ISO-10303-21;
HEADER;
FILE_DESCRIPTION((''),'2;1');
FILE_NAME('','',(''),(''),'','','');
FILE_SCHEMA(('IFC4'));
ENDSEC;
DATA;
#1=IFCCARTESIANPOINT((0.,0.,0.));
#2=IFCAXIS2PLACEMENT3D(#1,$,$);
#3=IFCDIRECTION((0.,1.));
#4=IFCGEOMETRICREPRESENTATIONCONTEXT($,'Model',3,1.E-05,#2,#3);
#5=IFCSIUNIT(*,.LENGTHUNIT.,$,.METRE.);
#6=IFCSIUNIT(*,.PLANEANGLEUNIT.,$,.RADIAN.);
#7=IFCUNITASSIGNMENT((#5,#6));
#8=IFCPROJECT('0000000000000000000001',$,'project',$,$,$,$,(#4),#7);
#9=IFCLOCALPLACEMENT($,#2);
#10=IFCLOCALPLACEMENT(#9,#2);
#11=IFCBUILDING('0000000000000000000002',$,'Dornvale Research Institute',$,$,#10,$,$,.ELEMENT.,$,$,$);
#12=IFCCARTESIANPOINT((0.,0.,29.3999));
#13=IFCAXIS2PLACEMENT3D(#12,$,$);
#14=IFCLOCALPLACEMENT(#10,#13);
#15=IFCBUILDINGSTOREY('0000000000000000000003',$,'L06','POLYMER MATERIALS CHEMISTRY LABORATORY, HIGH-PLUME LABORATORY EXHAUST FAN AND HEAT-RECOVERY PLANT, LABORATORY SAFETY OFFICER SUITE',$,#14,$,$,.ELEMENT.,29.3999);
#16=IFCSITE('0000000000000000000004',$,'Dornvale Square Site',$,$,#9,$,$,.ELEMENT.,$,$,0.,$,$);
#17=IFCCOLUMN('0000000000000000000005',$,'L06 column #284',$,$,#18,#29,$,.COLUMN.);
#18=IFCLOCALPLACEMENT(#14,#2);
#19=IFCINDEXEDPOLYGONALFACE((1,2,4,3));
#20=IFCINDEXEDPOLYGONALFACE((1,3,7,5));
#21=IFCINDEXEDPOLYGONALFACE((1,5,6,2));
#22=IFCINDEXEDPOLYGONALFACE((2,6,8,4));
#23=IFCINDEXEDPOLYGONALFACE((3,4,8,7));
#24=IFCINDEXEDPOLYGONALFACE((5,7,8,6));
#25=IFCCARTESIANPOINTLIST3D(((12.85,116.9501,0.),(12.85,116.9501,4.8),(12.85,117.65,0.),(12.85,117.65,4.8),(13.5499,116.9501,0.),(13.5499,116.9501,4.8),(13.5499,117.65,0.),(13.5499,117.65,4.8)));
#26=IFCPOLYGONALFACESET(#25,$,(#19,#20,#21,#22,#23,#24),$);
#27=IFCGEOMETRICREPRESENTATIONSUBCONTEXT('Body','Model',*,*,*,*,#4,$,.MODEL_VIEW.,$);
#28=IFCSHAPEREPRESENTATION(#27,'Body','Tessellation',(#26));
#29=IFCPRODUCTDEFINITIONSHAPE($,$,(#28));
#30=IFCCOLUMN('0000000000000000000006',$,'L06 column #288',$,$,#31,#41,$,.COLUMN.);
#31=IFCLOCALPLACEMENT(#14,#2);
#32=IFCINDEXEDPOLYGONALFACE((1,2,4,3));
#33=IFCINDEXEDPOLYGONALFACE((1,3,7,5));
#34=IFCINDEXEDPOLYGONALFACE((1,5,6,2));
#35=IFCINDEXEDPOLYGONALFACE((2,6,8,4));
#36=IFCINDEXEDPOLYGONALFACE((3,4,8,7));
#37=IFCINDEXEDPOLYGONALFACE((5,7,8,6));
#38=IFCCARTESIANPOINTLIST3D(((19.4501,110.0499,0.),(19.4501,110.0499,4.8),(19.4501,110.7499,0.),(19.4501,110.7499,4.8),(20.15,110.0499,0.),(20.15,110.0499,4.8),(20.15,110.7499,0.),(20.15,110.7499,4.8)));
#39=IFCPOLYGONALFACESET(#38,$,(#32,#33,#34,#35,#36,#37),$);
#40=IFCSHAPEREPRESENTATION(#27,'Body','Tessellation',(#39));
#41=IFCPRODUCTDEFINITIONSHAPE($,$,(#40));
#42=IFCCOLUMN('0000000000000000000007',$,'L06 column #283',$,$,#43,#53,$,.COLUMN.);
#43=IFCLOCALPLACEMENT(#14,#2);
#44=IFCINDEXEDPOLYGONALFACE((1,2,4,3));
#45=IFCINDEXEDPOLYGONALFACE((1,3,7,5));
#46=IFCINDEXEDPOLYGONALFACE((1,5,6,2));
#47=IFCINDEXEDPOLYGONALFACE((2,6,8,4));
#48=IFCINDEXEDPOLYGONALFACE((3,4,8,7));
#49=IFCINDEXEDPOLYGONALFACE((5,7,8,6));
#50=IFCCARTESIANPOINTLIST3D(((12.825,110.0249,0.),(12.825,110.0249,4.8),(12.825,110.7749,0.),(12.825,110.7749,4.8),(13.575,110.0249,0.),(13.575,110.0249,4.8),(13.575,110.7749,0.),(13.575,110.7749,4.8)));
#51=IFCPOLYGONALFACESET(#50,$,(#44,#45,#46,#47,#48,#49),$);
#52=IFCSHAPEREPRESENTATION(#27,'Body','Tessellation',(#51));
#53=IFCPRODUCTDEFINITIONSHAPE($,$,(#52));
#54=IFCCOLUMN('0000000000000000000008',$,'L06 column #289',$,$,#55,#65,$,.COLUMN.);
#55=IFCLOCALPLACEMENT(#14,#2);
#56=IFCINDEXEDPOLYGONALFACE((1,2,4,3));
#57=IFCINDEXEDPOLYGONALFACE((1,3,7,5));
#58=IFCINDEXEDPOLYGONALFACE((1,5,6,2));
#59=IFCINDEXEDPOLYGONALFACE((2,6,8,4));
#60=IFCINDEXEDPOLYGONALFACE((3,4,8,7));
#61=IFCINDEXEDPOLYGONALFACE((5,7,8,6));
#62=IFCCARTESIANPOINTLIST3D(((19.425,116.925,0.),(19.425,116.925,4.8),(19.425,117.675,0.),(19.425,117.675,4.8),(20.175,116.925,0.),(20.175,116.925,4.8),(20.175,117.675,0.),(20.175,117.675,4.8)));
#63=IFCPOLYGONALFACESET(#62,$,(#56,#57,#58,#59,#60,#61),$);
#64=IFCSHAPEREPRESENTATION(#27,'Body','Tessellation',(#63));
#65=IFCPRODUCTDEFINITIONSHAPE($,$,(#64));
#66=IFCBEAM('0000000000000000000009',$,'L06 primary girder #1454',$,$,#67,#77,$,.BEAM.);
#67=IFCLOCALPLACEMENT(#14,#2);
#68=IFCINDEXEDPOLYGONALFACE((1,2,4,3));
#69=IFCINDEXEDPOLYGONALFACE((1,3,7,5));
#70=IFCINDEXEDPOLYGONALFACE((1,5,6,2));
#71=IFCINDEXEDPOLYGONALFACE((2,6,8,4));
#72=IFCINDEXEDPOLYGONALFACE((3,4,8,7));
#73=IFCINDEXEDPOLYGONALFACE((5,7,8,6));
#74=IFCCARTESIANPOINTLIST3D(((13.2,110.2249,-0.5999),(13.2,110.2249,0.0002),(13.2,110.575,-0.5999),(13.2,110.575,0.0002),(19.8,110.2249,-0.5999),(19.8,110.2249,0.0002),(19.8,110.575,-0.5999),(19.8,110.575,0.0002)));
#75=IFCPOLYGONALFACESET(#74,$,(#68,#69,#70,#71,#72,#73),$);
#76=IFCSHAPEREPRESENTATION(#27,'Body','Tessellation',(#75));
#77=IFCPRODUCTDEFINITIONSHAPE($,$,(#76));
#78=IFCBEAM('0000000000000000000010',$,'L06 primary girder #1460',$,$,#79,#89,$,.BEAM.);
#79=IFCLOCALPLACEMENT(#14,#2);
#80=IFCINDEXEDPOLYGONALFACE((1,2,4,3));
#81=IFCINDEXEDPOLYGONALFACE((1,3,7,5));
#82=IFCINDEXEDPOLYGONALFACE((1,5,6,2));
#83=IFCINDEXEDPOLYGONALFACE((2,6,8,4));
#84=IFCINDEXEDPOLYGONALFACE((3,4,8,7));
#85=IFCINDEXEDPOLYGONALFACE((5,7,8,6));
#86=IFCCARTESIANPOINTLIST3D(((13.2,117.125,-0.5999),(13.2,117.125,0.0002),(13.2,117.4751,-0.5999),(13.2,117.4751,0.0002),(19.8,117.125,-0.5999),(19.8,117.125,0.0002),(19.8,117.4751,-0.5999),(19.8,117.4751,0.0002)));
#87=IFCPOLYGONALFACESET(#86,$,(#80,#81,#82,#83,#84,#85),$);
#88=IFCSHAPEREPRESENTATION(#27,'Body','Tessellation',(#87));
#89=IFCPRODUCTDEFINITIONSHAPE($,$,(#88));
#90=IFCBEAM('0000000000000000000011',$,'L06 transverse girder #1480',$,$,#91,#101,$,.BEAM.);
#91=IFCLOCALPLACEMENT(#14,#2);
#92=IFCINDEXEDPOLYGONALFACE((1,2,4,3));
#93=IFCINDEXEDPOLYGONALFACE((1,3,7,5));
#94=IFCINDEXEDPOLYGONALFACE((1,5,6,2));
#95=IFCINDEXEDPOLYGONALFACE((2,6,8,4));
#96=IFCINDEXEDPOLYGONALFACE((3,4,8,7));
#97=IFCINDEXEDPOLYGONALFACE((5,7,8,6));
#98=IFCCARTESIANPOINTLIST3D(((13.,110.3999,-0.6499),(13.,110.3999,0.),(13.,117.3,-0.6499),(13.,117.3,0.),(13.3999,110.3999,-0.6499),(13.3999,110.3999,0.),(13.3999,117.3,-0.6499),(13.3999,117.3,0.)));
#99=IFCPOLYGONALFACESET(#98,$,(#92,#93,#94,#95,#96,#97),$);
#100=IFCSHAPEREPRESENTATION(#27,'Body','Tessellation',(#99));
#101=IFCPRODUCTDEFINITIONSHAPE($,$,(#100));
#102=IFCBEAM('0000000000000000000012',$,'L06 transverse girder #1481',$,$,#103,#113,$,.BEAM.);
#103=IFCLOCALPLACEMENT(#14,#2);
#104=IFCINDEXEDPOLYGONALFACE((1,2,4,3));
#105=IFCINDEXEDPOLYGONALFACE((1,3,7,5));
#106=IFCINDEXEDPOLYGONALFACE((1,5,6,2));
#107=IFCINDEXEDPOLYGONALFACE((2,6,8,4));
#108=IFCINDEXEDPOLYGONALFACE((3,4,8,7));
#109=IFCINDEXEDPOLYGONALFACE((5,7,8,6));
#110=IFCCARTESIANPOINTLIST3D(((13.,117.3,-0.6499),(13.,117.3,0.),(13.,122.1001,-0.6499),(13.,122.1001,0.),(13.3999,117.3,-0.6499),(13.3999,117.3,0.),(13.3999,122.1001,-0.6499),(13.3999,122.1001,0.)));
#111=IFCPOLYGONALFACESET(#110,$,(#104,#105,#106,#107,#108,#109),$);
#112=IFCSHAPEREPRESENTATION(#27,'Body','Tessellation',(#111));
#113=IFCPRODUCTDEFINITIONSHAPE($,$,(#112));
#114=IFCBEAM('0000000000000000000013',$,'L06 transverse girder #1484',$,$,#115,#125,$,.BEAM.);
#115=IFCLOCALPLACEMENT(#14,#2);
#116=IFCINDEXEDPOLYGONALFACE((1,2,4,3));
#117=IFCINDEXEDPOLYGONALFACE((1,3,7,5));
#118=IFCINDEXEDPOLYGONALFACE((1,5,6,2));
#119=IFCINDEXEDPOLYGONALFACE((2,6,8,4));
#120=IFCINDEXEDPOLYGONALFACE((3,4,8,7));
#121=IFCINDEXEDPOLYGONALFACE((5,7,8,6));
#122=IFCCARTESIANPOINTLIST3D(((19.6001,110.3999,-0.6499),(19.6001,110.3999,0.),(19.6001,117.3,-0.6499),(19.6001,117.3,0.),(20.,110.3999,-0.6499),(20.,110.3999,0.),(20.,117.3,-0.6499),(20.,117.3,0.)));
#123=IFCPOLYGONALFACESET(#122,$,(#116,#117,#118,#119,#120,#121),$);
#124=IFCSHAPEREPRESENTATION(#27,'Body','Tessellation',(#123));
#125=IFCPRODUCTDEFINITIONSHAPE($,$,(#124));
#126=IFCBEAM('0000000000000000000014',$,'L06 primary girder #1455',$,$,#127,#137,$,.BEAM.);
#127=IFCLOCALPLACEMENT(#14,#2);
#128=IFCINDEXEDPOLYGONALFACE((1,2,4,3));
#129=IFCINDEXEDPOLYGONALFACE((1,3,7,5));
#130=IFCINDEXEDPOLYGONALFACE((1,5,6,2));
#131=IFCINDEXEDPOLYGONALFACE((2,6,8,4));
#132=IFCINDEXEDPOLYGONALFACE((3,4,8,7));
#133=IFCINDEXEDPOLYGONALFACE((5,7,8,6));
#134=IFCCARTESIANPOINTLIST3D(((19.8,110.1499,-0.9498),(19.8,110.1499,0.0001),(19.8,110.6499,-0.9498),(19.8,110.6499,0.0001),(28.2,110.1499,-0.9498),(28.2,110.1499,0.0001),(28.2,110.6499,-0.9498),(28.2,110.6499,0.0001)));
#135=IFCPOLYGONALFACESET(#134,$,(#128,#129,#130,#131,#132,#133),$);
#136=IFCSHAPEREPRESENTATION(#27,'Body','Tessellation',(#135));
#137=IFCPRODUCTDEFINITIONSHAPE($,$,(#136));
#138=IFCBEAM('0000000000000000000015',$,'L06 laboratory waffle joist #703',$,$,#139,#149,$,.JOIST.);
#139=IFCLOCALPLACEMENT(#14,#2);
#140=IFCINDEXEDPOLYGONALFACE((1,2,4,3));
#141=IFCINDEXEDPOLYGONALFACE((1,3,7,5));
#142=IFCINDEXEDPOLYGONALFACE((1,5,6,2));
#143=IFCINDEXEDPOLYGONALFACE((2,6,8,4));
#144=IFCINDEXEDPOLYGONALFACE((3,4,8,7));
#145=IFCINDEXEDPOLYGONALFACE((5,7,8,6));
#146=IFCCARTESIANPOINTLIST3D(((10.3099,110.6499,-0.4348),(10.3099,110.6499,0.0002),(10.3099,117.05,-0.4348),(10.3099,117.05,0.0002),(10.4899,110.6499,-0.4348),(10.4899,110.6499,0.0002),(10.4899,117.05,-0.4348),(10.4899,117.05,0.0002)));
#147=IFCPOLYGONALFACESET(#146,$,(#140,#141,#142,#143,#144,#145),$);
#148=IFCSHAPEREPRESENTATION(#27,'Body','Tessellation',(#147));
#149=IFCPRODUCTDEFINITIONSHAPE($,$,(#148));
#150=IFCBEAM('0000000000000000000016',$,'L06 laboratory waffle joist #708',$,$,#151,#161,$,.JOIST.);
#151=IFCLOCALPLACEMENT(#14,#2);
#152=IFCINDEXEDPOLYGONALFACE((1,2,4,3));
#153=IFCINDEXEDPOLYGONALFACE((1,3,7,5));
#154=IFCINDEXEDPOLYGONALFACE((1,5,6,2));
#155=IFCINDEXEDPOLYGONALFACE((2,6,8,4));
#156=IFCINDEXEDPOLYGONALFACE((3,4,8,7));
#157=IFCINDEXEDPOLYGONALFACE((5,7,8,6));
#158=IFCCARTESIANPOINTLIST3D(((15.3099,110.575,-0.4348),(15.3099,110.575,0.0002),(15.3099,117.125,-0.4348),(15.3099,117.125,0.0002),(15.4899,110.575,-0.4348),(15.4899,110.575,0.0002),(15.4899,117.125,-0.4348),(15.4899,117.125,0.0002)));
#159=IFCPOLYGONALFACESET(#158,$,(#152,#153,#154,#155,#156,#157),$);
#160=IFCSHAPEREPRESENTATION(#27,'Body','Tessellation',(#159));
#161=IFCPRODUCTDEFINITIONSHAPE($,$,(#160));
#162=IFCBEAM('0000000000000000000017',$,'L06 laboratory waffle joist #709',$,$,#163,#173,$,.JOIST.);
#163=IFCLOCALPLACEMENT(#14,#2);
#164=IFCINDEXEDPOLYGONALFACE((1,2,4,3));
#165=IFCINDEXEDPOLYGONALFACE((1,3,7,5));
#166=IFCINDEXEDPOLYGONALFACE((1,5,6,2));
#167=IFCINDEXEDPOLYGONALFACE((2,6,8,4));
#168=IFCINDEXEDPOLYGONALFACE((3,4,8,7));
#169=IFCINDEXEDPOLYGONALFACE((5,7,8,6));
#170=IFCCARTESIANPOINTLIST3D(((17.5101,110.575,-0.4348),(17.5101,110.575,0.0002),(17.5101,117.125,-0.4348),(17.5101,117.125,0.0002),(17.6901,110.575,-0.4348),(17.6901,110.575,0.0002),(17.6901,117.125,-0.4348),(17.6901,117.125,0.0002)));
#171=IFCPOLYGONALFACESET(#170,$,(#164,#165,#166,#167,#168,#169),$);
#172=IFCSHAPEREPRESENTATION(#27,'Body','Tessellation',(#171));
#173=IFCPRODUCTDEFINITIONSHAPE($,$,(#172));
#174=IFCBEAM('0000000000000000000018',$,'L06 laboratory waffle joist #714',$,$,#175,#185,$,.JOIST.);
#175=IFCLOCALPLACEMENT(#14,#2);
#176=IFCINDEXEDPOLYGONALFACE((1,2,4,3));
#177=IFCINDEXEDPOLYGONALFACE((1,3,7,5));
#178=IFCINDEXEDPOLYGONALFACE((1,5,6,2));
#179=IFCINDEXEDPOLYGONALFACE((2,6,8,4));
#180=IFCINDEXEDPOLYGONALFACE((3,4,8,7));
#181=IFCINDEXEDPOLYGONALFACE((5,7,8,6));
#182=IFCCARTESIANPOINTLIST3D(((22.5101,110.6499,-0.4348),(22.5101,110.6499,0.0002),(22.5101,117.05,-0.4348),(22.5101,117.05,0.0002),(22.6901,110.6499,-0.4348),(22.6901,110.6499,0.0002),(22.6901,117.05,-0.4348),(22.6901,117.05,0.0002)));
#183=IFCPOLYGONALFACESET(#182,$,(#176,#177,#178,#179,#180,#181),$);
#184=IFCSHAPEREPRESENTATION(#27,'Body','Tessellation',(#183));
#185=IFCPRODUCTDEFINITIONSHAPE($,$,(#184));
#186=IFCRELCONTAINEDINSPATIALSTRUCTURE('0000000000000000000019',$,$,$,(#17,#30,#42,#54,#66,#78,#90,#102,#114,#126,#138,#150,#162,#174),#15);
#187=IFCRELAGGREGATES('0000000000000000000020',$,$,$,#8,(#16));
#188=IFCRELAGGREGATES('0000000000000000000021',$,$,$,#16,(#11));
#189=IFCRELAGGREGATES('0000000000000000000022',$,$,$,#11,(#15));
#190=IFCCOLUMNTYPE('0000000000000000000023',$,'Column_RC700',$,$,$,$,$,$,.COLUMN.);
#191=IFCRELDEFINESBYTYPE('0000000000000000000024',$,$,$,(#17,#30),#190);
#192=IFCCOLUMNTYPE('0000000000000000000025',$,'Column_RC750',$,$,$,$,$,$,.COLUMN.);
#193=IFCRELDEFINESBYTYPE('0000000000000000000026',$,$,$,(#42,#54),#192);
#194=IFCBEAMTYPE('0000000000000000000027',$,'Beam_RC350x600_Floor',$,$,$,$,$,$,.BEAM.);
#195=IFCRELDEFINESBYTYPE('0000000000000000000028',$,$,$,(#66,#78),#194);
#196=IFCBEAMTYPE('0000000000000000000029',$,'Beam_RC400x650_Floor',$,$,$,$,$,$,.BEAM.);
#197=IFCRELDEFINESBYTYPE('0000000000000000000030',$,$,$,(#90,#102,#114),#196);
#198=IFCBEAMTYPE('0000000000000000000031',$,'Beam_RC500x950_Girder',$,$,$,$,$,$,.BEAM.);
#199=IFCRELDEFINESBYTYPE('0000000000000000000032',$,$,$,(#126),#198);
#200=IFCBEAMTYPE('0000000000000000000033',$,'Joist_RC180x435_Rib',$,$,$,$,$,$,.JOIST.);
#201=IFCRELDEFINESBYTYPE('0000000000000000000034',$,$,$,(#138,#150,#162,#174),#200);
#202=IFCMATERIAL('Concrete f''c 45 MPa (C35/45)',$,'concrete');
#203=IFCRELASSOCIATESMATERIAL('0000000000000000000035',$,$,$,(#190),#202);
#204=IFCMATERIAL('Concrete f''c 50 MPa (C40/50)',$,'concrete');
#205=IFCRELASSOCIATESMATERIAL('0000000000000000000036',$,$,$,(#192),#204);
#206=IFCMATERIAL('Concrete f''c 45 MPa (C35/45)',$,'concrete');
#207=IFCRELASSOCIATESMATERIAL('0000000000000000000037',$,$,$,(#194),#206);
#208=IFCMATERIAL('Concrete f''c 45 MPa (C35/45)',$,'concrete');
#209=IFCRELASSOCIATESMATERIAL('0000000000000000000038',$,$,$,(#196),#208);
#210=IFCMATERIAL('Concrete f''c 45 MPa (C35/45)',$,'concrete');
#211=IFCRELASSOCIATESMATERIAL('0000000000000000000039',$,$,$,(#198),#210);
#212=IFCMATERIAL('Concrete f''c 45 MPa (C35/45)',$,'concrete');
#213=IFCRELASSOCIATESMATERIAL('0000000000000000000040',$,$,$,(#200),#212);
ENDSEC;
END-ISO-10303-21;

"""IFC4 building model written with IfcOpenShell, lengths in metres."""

from ifc_helpers import new_model, si_unit, direction, frame, origin, origin_2d, place, context, subcontext, project, spatial, rectangle, extrude, material, material_profile, profile_set, type_object, element, save


model = new_model("IFC4")

# Units and contexts
model_context = context("Model", 3, precision=1e-05, world=origin(), true_north=direction((0.0, 1.0)))
body_context = subcontext(model_context, "Body", "Model", "MODEL_VIEW")
ifc_project = project(units=[si_unit("LENGTHUNIT", "METRE"), si_unit("PLANEANGLEUNIT", "RADIAN")], contexts=[model_context])

# Site, building, storey
site_placement = place(None, origin())
site = spatial("IfcSite", under=ifc_project, at=site_placement, Name="Dornvale Square Site", CompositionType="ELEMENT", RefElevation=0.0)
building_placement = place(site_placement, origin())
building = spatial("IfcBuilding", under=site, at=building_placement, Name="Dornvale Research Institute", CompositionType="ELEMENT")
storey_placement = place(building_placement, frame((0.0, 0.0, 29.3999)))
storey = spatial("IfcBuildingStorey", under=building, at=storey_placement, Name="L06", Description="POLYMER MATERIALS CHEMISTRY LABORATORY, HIGH-PLUME LABORATORY EXHAUST FAN AND HEAT-RECOVERY PLANT, LABORATORY SAFETY OFFICER SUITE", CompositionType="ELEMENT", Elevation=29.3999)

# Columns
ifc_material_1 = material(Name="Concrete f'c 45 MPa (C35/45)", Category="concrete")
ifc_material_profile_1 = material_profile(ifc_material_1, rectangle(XDim=0.7, YDim=0.7, at=origin_2d()), Name="RC 700x700")
ifc_profile_set_1 = profile_set([ifc_material_profile_1], Name="Concrete f'c 45 MPa (C35/45)")
column_type_1 = type_object("IfcColumnType", Name="Column_RC700", PredefinedType="COLUMN", material=ifc_profile_set_1)
for number, where, z_axis, x_axis, name in (
    (1, (13.2, 117.3, 0.0), (0.0, 0.0, 1.0), (1.0, 0.0, 0.0), "L06 column #284"),
    (2, (19.8, 110.3999, 0.0), (0.0, 0.0, 1.0), (1.0, 0.0, 0.0), "L06 column #288"),
):
    element("IfcColumn", number, at=place(storey_placement, frame(where, z_axis=z_axis, x_axis=x_axis)), inside=storey, type_object=column_type_1, Name=name, PredefinedType="COLUMN", context=body_context, shape_type="SweptSolid", body=[
        extrude(rectangle(XDim=0.7, YDim=0.7, at=origin_2d()), origin(), (0.0, 0.0, 1.0), 4.8),
    ])
ifc_material_2 = material(Name="Concrete f'c 50 MPa (C40/50)", Category="concrete")
ifc_material_profile_2 = material_profile(ifc_material_2, rectangle(XDim=0.75, YDim=0.75, at=origin_2d()), Name="RC 750x750")
ifc_profile_set_2 = profile_set([ifc_material_profile_2], Name="Concrete f'c 50 MPa (C40/50)")
column_type_2 = type_object("IfcColumnType", Name="Column_RC750", PredefinedType="COLUMN", material=ifc_profile_set_2)
for number, where, z_axis, x_axis, name in (
    (3, (13.2, 110.3999, 0.0), (0.0, 0.0, 1.0), (1.0, 0.0, 0.0), "L06 column #283"),
    (4, (19.8, 117.3, 0.0), (0.0, 0.0, 1.0), (1.0, 0.0, 0.0), "L06 column #289"),
):
    element("IfcColumn", number, at=place(storey_placement, frame(where, z_axis=z_axis, x_axis=x_axis)), inside=storey, type_object=column_type_2, Name=name, PredefinedType="COLUMN", context=body_context, shape_type="SweptSolid", body=[
        extrude(rectangle(XDim=0.75, YDim=0.75, at=origin_2d()), origin(), (0.0, 0.0, 1.0), 4.8),
    ])

# Beams
ifc_material_3 = material(Name="Concrete f'c 45 MPa (C35/45)", Category="concrete")
ifc_material_profile_3 = material_profile(ifc_material_3, rectangle(XDim=0.3501, YDim=0.6001, at=origin_2d()), Name="RC 350x600")
ifc_profile_set_3 = profile_set([ifc_material_profile_3], Name="Concrete f'c 45 MPa (C35/45)")
beam_type_1 = type_object("IfcBeamType", Name="Beam_RC350x600_Floor", PredefinedType="BEAM", material=ifc_profile_set_3)
for number, where, z_axis, x_axis, name in (
    (5, (13.2, 110.3999, -0.2998), (1.0, 0.0, 0.0), (0.0, 1.0, 0.0), "L06 primary girder #1454"),
    (6, (13.2, 117.3, -0.2998), (1.0, 0.0, 0.0), (0.0, 1.0, 0.0), "L06 primary girder #1460"),
):
    element("IfcBeam", number, at=place(storey_placement, frame(where, z_axis=z_axis, x_axis=x_axis)), inside=storey, type_object=beam_type_1, Name=name, PredefinedType="BEAM", context=body_context, shape_type="SweptSolid", body=[
        extrude(rectangle(XDim=0.3501, YDim=0.6001, at=origin_2d()), origin(), (0.0, 0.0, 1.0), 6.6001),
    ])
ifc_material_4 = material(Name="Concrete f'c 45 MPa (C35/45)", Category="concrete")
ifc_material_profile_4 = material_profile(ifc_material_4, rectangle(XDim=0.3999, YDim=0.6499, at=origin_2d()), Name="RC 400x650")
ifc_profile_set_4 = profile_set([ifc_material_profile_4], Name="Concrete f'c 45 MPa (C35/45)")
beam_type_2 = type_object("IfcBeamType", Name="Beam_RC400x650_Floor", PredefinedType="BEAM", material=ifc_profile_set_4)
beam_1_placement = place(storey_placement, frame((13.2, 110.3999, -0.325), z_axis=(0.0, 1.0, 0.0), x_axis=(-1.0, 0.0, 0.0)))
element("IfcBeam", 7, at=beam_1_placement, inside=storey, type_object=beam_type_2, Name="L06 transverse girder #1480", PredefinedType="BEAM", context=body_context, shape_type="SweptSolid", body=[
    extrude(rectangle(XDim=0.3999, YDim=0.6499, at=origin_2d()), origin(), (0.0, 0.0, 1.0), 6.9001),
])
beam_2_placement = place(storey_placement, frame((13.2, 117.3, -0.325), z_axis=(0.0, 1.0, 0.0), x_axis=(-1.0, 0.0, 0.0)))
element("IfcBeam", 8, at=beam_2_placement, inside=storey, type_object=beam_type_2, Name="L06 transverse girder #1481", PredefinedType="BEAM", context=body_context, shape_type="SweptSolid", body=[
    extrude(rectangle(XDim=0.3999, YDim=0.6499, at=origin_2d()), origin(), (0.0, 0.0, 1.0), 4.8),
])
beam_3_placement = place(storey_placement, frame((19.8, 110.3999, -0.325), z_axis=(0.0, 1.0, 0.0), x_axis=(-1.0, 0.0, 0.0)))
element("IfcBeam", 9, at=beam_3_placement, inside=storey, type_object=beam_type_2, Name="L06 transverse girder #1484", PredefinedType="BEAM", context=body_context, shape_type="SweptSolid", body=[
    extrude(rectangle(XDim=0.3999, YDim=0.6499, at=origin_2d()), origin(), (0.0, 0.0, 1.0), 6.9001),
])
ifc_material_5 = material(Name="Concrete f'c 45 MPa (C35/45)", Category="concrete")
ifc_material_profile_5 = material_profile(ifc_material_5, rectangle(XDim=0.5, YDim=0.95, at=origin_2d()), Name="RC 500x950")
ifc_profile_set_5 = profile_set([ifc_material_profile_5], Name="Concrete f'c 45 MPa (C35/45)")
beam_type_3 = type_object("IfcBeamType", Name="Beam_RC500x950_Girder", PredefinedType="BEAM", material=ifc_profile_set_5)
beam_4_placement = place(storey_placement, frame((19.8, 110.3999, -0.4749), z_axis=(1.0, 0.0, 0.0), x_axis=(0.0, 1.0, 0.0)))
element("IfcBeam", 10, at=beam_4_placement, inside=storey, type_object=beam_type_3, Name="L06 primary girder #1455", PredefinedType="BEAM", context=body_context, shape_type="SweptSolid", body=[
    extrude(rectangle(XDim=0.5, YDim=0.95, at=origin_2d()), origin(), (0.0, 0.0, 1.0), 8.3999),
])
ifc_material_6 = material(Name="Concrete f'c 45 MPa (C35/45)", Category="concrete")
ifc_material_profile_6 = material_profile(ifc_material_6, rectangle(XDim=0.1799, YDim=0.4351, at=origin_2d()), Name="RC 180x435")
ifc_profile_set_6 = profile_set([ifc_material_profile_6], Name="Concrete f'c 45 MPa (C35/45)")
beam_type_4 = type_object("IfcBeamType", Name="Joist_RC180x435_Rib", PredefinedType="JOIST", material=ifc_profile_set_6)
beam_5_placement = place(storey_placement, frame((10.3999, 110.6499, -0.2173), z_axis=(0.0, 1.0, 0.0), x_axis=(-1.0, 0.0, 0.0)))
element("IfcBeam", 11, at=beam_5_placement, inside=storey, type_object=beam_type_4, Name="L06 laboratory waffle joist #703", PredefinedType="JOIST", context=body_context, shape_type="SweptSolid", body=[
    extrude(rectangle(XDim=0.1799, YDim=0.4351, at=origin_2d()), origin(), (0.0, 0.0, 1.0), 6.4001),
])
for number, where, z_axis, x_axis, name in (
    (12, (15.3999, 110.575, -0.2173), (0.0, 1.0, 0.0), (-1.0, 0.0, 0.0), "L06 laboratory waffle joist #708"),
    (13, (17.6001, 110.575, -0.2173), (0.0, 1.0, 0.0), (-1.0, 0.0, 0.0), "L06 laboratory waffle joist #709"),
):
    element("IfcBeam", number, at=place(storey_placement, frame(where, z_axis=z_axis, x_axis=x_axis)), inside=storey, type_object=beam_type_4, Name=name, PredefinedType="JOIST", context=body_context, shape_type="SweptSolid", body=[
        extrude(rectangle(XDim=0.1799, YDim=0.4351, at=origin_2d()), origin(), (0.0, 0.0, 1.0), 6.55),
    ])
beam_6_placement = place(storey_placement, frame((22.6001, 110.6499, -0.2173), z_axis=(0.0, 1.0, 0.0), x_axis=(-1.0, 0.0, 0.0)))
element("IfcBeam", 14, at=beam_6_placement, inside=storey, type_object=beam_type_4, Name="L06 laboratory waffle joist #714", PredefinedType="JOIST", context=body_context, shape_type="SweptSolid", body=[
    extrude(rectangle(XDim=0.1799, YDim=0.4351, at=origin_2d()), origin(), (0.0, 0.0, 1.0), 6.4001),
])

save(model, "model.ifc")
